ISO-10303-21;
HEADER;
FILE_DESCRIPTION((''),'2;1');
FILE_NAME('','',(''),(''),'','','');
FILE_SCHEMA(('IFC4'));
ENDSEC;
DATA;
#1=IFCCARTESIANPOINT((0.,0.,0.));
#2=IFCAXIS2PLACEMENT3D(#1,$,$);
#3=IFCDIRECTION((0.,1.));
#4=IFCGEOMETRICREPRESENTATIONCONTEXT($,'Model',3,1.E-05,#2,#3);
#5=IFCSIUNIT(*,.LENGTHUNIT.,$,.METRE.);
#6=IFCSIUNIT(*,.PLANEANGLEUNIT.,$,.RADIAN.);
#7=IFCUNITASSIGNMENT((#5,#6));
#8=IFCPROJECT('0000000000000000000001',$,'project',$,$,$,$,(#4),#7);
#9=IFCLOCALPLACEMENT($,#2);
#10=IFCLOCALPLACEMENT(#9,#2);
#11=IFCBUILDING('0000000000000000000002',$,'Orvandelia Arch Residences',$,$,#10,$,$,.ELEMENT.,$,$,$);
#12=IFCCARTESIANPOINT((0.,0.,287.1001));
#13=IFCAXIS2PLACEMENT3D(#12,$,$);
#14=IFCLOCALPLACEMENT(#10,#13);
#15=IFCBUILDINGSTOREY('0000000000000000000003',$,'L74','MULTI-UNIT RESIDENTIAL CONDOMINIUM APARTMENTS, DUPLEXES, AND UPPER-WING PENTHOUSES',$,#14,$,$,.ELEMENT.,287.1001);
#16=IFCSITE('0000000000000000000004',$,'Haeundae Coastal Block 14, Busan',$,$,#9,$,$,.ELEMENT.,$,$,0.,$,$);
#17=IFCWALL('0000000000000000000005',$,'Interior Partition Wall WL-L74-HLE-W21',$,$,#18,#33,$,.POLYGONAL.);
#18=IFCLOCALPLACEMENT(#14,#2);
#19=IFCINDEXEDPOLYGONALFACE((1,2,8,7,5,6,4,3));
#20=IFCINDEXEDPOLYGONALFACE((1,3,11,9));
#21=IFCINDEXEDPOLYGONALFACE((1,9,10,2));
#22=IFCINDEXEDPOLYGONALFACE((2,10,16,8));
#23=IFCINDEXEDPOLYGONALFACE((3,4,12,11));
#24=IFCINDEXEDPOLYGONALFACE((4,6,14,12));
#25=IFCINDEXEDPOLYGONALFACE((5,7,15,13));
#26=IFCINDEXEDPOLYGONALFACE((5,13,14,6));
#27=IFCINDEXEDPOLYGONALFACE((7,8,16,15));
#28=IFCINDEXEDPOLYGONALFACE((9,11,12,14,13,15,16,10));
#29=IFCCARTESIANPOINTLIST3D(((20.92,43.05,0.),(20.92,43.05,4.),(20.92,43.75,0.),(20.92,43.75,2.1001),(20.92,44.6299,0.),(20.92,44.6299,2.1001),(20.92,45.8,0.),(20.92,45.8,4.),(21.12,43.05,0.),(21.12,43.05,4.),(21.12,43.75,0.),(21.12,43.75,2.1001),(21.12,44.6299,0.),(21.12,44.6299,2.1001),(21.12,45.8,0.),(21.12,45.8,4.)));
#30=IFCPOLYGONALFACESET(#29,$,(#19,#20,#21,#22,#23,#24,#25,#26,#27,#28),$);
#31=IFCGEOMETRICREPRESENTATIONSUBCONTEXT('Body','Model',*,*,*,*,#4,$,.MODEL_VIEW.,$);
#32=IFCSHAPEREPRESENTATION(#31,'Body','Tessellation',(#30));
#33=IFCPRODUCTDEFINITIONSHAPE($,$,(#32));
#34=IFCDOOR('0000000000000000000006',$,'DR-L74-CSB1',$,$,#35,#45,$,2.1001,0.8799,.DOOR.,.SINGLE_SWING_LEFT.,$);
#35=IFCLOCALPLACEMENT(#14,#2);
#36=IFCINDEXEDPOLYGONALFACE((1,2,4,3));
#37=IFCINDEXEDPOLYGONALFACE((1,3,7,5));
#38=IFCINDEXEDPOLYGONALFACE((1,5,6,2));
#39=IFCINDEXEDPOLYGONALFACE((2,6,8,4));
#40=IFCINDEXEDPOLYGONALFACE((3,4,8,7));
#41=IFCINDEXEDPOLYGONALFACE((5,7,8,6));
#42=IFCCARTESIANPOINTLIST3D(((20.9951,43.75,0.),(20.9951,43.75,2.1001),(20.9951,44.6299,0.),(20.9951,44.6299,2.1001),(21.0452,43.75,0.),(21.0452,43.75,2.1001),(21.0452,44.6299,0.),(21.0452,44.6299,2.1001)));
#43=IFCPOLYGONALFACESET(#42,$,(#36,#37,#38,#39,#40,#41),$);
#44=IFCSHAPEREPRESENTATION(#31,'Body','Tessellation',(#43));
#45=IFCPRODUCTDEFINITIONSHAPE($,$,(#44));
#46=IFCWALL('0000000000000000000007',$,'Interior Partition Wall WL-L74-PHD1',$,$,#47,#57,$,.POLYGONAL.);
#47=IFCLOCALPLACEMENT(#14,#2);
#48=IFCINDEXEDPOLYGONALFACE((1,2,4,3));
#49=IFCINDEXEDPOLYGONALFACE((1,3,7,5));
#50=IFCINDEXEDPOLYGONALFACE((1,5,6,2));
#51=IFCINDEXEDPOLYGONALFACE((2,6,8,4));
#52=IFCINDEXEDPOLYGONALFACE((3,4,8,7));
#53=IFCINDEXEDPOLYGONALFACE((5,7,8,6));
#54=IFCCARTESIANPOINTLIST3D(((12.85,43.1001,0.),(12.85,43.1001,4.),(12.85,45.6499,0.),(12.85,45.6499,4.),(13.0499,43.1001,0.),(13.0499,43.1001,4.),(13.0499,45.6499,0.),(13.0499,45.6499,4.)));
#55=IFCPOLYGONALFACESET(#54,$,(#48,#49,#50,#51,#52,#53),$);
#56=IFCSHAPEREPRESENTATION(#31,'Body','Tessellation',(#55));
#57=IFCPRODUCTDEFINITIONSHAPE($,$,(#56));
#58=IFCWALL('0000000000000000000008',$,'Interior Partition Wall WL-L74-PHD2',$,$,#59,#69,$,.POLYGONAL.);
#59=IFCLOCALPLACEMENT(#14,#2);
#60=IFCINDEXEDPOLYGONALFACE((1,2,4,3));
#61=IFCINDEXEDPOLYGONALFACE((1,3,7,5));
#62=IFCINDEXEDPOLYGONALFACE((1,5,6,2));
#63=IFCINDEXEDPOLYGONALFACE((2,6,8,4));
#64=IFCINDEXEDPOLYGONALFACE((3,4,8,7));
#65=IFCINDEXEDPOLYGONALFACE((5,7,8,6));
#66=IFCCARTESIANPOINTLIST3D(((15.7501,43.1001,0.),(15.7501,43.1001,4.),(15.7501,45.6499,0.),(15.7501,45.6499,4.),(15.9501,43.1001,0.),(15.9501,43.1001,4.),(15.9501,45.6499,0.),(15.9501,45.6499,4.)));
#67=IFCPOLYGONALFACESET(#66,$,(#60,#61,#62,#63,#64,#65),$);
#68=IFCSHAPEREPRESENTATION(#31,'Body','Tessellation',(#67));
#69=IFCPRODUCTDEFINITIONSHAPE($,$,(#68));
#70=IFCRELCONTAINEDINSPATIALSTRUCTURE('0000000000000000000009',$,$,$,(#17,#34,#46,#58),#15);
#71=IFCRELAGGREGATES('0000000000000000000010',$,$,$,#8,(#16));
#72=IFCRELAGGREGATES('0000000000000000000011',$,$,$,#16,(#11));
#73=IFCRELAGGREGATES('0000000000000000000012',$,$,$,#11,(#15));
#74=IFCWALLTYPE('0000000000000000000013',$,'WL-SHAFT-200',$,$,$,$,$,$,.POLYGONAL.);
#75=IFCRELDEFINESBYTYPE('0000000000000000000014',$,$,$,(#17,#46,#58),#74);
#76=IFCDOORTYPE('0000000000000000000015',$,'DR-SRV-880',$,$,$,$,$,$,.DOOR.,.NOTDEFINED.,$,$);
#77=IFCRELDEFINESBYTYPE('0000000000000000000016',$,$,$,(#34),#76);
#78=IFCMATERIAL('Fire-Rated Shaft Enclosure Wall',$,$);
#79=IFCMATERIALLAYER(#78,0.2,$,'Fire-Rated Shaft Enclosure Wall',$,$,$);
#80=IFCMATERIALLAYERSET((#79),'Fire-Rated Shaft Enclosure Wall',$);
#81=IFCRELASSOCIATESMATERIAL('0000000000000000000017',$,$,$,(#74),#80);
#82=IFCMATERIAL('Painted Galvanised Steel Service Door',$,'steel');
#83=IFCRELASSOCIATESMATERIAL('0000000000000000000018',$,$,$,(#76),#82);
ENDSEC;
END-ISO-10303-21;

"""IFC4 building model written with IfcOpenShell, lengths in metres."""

from ifc_helpers import new_model, si_unit, direction, frame, frame_2d, origin, place, context, subcontext, project, spatial, rectangle, extrude, material, layer, layer_set, type_object, element, fill, save


model = new_model("IFC4")

# Units and contexts
model_context = context("Model", 3, precision=1e-05, world=origin(), true_north=direction((0.0, 1.0)))
body_context = subcontext(model_context, "Body", "Model", "MODEL_VIEW")
ifc_project = project(units=[si_unit("LENGTHUNIT", "METRE"), si_unit("PLANEANGLEUNIT", "RADIAN")], contexts=[model_context])

# Site, building, storey
site_placement = place(None, origin())
site = spatial("IfcSite", under=ifc_project, at=site_placement, Name="Haeundae Coastal Block 14, Busan", CompositionType="ELEMENT", RefElevation=0.0)
building_placement = place(site_placement, origin())
building = spatial("IfcBuilding", under=site, at=building_placement, Name="Orvandelia Arch Residences", CompositionType="ELEMENT")
storey_placement = place(building_placement, frame((0.0, 0.0, 287.1001)))
storey = spatial("IfcBuildingStorey", under=building, at=storey_placement, Name="L74", Description="MULTI-UNIT RESIDENTIAL CONDOMINIUM APARTMENTS, DUPLEXES, AND UPPER-WING PENTHOUSES", CompositionType="ELEMENT", Elevation=287.1001)

# Shared definitions
ifc_material_1 = material(Name="Fire-Rated Shaft Enclosure Wall")
ifc_layer_1 = layer(ifc_material_1, 0.2, Name="Fire-Rated Shaft Enclosure Wall")
ifc_layer_set_1 = layer_set([ifc_layer_1], Name="Fire-Rated Shaft Enclosure Wall")
wall_type_1 = type_object("IfcWallType", Name="WL-SHAFT-200", PredefinedType="POLYGONAL", material=ifc_layer_set_1)

# Wall, opening, door
wall_1_placement = place(storey_placement, frame((21.02, 43.05, 0.0), z_axis=(0.0, 0.0, 1.0), x_axis=(0.0, 1.0, 0.0)))
wall_1 = element("IfcWall", 1, at=wall_1_placement, inside=storey, type_object=wall_type_1, Name="Interior Partition Wall WL-L74-HLE-W21", PredefinedType="POLYGONAL", context=body_context, shape_type="SweptSolid", body=[
    extrude(rectangle(XDim=2.75, YDim=0.2, at=frame_2d((1.375, 0.0))), origin(), (0.0, 0.0, 1.0), 4.0),
])
opening_1_placement = place(wall_1_placement, frame((0.7, 0.0, 0.0)))
opening_1 = element("IfcOpeningElement", 2, at=opening_1_placement, cuts=wall_1, PredefinedType="OPENING", context=body_context, shape_type="SweptSolid", body=[
    extrude(rectangle(XDim=0.8799, YDim=2.1001, at=frame_2d((0.4399, 1.05))), frame((0.0, 0.1099, 0.0), z_axis=(0.0, -1.0, 0.0), x_axis=(1.0, 0.0, 0.0)), (0.0, 0.0, 1.0), 0.22),
])
ifc_material_2 = material(Name="Painted Galvanised Steel Service Door", Category="steel")
door_type_1 = type_object("IfcDoorType", Name="DR-SRV-880", OperationType="NOTDEFINED", PredefinedType="DOOR", material=ifc_material_2)
door_1_placement = place(opening_1_placement, origin())
door_1 = element("IfcDoor", 3, at=door_1_placement, inside=storey, type_object=door_type_1, Name="DR-L74-CSB1", OperationType="SINGLE_SWING_LEFT", OverallHeight=2.1001, OverallWidth=0.8799, PredefinedType="DOOR", context=body_context, shape_type="SweptSolid", body=[
    extrude(rectangle(XDim=0.8799, YDim=2.1001, at=frame_2d((0.4399, 1.05))), frame((0.0, 0.0249, 0.0), z_axis=(0.0, -1.0, 0.0), x_axis=(1.0, 0.0, 0.0)), (0.0, 0.0, 1.0), 0.05),
])
fill(opening_1, door_1)

# Walls
for number, where, z_axis, x_axis, name in (
    (4, (12.95, 43.1001, 0.0), (0.0, 0.0, 1.0), (0.0, 1.0, 0.0), "Interior Partition Wall WL-L74-PHD1"),
    (5, (15.8501, 43.1001, 0.0), (0.0, 0.0, 1.0), (0.0, 1.0, 0.0), "Interior Partition Wall WL-L74-PHD2"),
):
    element("IfcWall", number, at=place(storey_placement, frame(where, z_axis=z_axis, x_axis=x_axis)), inside=storey, type_object=wall_type_1, Name=name, PredefinedType="POLYGONAL", context=body_context, shape_type="SweptSolid", body=[
        extrude(rectangle(XDim=2.5498, YDim=0.2, at=frame_2d((1.2749, 0.0))), origin(), (0.0, 0.0, 1.0), 4.0),
    ])

save(model, "model.ifc")
